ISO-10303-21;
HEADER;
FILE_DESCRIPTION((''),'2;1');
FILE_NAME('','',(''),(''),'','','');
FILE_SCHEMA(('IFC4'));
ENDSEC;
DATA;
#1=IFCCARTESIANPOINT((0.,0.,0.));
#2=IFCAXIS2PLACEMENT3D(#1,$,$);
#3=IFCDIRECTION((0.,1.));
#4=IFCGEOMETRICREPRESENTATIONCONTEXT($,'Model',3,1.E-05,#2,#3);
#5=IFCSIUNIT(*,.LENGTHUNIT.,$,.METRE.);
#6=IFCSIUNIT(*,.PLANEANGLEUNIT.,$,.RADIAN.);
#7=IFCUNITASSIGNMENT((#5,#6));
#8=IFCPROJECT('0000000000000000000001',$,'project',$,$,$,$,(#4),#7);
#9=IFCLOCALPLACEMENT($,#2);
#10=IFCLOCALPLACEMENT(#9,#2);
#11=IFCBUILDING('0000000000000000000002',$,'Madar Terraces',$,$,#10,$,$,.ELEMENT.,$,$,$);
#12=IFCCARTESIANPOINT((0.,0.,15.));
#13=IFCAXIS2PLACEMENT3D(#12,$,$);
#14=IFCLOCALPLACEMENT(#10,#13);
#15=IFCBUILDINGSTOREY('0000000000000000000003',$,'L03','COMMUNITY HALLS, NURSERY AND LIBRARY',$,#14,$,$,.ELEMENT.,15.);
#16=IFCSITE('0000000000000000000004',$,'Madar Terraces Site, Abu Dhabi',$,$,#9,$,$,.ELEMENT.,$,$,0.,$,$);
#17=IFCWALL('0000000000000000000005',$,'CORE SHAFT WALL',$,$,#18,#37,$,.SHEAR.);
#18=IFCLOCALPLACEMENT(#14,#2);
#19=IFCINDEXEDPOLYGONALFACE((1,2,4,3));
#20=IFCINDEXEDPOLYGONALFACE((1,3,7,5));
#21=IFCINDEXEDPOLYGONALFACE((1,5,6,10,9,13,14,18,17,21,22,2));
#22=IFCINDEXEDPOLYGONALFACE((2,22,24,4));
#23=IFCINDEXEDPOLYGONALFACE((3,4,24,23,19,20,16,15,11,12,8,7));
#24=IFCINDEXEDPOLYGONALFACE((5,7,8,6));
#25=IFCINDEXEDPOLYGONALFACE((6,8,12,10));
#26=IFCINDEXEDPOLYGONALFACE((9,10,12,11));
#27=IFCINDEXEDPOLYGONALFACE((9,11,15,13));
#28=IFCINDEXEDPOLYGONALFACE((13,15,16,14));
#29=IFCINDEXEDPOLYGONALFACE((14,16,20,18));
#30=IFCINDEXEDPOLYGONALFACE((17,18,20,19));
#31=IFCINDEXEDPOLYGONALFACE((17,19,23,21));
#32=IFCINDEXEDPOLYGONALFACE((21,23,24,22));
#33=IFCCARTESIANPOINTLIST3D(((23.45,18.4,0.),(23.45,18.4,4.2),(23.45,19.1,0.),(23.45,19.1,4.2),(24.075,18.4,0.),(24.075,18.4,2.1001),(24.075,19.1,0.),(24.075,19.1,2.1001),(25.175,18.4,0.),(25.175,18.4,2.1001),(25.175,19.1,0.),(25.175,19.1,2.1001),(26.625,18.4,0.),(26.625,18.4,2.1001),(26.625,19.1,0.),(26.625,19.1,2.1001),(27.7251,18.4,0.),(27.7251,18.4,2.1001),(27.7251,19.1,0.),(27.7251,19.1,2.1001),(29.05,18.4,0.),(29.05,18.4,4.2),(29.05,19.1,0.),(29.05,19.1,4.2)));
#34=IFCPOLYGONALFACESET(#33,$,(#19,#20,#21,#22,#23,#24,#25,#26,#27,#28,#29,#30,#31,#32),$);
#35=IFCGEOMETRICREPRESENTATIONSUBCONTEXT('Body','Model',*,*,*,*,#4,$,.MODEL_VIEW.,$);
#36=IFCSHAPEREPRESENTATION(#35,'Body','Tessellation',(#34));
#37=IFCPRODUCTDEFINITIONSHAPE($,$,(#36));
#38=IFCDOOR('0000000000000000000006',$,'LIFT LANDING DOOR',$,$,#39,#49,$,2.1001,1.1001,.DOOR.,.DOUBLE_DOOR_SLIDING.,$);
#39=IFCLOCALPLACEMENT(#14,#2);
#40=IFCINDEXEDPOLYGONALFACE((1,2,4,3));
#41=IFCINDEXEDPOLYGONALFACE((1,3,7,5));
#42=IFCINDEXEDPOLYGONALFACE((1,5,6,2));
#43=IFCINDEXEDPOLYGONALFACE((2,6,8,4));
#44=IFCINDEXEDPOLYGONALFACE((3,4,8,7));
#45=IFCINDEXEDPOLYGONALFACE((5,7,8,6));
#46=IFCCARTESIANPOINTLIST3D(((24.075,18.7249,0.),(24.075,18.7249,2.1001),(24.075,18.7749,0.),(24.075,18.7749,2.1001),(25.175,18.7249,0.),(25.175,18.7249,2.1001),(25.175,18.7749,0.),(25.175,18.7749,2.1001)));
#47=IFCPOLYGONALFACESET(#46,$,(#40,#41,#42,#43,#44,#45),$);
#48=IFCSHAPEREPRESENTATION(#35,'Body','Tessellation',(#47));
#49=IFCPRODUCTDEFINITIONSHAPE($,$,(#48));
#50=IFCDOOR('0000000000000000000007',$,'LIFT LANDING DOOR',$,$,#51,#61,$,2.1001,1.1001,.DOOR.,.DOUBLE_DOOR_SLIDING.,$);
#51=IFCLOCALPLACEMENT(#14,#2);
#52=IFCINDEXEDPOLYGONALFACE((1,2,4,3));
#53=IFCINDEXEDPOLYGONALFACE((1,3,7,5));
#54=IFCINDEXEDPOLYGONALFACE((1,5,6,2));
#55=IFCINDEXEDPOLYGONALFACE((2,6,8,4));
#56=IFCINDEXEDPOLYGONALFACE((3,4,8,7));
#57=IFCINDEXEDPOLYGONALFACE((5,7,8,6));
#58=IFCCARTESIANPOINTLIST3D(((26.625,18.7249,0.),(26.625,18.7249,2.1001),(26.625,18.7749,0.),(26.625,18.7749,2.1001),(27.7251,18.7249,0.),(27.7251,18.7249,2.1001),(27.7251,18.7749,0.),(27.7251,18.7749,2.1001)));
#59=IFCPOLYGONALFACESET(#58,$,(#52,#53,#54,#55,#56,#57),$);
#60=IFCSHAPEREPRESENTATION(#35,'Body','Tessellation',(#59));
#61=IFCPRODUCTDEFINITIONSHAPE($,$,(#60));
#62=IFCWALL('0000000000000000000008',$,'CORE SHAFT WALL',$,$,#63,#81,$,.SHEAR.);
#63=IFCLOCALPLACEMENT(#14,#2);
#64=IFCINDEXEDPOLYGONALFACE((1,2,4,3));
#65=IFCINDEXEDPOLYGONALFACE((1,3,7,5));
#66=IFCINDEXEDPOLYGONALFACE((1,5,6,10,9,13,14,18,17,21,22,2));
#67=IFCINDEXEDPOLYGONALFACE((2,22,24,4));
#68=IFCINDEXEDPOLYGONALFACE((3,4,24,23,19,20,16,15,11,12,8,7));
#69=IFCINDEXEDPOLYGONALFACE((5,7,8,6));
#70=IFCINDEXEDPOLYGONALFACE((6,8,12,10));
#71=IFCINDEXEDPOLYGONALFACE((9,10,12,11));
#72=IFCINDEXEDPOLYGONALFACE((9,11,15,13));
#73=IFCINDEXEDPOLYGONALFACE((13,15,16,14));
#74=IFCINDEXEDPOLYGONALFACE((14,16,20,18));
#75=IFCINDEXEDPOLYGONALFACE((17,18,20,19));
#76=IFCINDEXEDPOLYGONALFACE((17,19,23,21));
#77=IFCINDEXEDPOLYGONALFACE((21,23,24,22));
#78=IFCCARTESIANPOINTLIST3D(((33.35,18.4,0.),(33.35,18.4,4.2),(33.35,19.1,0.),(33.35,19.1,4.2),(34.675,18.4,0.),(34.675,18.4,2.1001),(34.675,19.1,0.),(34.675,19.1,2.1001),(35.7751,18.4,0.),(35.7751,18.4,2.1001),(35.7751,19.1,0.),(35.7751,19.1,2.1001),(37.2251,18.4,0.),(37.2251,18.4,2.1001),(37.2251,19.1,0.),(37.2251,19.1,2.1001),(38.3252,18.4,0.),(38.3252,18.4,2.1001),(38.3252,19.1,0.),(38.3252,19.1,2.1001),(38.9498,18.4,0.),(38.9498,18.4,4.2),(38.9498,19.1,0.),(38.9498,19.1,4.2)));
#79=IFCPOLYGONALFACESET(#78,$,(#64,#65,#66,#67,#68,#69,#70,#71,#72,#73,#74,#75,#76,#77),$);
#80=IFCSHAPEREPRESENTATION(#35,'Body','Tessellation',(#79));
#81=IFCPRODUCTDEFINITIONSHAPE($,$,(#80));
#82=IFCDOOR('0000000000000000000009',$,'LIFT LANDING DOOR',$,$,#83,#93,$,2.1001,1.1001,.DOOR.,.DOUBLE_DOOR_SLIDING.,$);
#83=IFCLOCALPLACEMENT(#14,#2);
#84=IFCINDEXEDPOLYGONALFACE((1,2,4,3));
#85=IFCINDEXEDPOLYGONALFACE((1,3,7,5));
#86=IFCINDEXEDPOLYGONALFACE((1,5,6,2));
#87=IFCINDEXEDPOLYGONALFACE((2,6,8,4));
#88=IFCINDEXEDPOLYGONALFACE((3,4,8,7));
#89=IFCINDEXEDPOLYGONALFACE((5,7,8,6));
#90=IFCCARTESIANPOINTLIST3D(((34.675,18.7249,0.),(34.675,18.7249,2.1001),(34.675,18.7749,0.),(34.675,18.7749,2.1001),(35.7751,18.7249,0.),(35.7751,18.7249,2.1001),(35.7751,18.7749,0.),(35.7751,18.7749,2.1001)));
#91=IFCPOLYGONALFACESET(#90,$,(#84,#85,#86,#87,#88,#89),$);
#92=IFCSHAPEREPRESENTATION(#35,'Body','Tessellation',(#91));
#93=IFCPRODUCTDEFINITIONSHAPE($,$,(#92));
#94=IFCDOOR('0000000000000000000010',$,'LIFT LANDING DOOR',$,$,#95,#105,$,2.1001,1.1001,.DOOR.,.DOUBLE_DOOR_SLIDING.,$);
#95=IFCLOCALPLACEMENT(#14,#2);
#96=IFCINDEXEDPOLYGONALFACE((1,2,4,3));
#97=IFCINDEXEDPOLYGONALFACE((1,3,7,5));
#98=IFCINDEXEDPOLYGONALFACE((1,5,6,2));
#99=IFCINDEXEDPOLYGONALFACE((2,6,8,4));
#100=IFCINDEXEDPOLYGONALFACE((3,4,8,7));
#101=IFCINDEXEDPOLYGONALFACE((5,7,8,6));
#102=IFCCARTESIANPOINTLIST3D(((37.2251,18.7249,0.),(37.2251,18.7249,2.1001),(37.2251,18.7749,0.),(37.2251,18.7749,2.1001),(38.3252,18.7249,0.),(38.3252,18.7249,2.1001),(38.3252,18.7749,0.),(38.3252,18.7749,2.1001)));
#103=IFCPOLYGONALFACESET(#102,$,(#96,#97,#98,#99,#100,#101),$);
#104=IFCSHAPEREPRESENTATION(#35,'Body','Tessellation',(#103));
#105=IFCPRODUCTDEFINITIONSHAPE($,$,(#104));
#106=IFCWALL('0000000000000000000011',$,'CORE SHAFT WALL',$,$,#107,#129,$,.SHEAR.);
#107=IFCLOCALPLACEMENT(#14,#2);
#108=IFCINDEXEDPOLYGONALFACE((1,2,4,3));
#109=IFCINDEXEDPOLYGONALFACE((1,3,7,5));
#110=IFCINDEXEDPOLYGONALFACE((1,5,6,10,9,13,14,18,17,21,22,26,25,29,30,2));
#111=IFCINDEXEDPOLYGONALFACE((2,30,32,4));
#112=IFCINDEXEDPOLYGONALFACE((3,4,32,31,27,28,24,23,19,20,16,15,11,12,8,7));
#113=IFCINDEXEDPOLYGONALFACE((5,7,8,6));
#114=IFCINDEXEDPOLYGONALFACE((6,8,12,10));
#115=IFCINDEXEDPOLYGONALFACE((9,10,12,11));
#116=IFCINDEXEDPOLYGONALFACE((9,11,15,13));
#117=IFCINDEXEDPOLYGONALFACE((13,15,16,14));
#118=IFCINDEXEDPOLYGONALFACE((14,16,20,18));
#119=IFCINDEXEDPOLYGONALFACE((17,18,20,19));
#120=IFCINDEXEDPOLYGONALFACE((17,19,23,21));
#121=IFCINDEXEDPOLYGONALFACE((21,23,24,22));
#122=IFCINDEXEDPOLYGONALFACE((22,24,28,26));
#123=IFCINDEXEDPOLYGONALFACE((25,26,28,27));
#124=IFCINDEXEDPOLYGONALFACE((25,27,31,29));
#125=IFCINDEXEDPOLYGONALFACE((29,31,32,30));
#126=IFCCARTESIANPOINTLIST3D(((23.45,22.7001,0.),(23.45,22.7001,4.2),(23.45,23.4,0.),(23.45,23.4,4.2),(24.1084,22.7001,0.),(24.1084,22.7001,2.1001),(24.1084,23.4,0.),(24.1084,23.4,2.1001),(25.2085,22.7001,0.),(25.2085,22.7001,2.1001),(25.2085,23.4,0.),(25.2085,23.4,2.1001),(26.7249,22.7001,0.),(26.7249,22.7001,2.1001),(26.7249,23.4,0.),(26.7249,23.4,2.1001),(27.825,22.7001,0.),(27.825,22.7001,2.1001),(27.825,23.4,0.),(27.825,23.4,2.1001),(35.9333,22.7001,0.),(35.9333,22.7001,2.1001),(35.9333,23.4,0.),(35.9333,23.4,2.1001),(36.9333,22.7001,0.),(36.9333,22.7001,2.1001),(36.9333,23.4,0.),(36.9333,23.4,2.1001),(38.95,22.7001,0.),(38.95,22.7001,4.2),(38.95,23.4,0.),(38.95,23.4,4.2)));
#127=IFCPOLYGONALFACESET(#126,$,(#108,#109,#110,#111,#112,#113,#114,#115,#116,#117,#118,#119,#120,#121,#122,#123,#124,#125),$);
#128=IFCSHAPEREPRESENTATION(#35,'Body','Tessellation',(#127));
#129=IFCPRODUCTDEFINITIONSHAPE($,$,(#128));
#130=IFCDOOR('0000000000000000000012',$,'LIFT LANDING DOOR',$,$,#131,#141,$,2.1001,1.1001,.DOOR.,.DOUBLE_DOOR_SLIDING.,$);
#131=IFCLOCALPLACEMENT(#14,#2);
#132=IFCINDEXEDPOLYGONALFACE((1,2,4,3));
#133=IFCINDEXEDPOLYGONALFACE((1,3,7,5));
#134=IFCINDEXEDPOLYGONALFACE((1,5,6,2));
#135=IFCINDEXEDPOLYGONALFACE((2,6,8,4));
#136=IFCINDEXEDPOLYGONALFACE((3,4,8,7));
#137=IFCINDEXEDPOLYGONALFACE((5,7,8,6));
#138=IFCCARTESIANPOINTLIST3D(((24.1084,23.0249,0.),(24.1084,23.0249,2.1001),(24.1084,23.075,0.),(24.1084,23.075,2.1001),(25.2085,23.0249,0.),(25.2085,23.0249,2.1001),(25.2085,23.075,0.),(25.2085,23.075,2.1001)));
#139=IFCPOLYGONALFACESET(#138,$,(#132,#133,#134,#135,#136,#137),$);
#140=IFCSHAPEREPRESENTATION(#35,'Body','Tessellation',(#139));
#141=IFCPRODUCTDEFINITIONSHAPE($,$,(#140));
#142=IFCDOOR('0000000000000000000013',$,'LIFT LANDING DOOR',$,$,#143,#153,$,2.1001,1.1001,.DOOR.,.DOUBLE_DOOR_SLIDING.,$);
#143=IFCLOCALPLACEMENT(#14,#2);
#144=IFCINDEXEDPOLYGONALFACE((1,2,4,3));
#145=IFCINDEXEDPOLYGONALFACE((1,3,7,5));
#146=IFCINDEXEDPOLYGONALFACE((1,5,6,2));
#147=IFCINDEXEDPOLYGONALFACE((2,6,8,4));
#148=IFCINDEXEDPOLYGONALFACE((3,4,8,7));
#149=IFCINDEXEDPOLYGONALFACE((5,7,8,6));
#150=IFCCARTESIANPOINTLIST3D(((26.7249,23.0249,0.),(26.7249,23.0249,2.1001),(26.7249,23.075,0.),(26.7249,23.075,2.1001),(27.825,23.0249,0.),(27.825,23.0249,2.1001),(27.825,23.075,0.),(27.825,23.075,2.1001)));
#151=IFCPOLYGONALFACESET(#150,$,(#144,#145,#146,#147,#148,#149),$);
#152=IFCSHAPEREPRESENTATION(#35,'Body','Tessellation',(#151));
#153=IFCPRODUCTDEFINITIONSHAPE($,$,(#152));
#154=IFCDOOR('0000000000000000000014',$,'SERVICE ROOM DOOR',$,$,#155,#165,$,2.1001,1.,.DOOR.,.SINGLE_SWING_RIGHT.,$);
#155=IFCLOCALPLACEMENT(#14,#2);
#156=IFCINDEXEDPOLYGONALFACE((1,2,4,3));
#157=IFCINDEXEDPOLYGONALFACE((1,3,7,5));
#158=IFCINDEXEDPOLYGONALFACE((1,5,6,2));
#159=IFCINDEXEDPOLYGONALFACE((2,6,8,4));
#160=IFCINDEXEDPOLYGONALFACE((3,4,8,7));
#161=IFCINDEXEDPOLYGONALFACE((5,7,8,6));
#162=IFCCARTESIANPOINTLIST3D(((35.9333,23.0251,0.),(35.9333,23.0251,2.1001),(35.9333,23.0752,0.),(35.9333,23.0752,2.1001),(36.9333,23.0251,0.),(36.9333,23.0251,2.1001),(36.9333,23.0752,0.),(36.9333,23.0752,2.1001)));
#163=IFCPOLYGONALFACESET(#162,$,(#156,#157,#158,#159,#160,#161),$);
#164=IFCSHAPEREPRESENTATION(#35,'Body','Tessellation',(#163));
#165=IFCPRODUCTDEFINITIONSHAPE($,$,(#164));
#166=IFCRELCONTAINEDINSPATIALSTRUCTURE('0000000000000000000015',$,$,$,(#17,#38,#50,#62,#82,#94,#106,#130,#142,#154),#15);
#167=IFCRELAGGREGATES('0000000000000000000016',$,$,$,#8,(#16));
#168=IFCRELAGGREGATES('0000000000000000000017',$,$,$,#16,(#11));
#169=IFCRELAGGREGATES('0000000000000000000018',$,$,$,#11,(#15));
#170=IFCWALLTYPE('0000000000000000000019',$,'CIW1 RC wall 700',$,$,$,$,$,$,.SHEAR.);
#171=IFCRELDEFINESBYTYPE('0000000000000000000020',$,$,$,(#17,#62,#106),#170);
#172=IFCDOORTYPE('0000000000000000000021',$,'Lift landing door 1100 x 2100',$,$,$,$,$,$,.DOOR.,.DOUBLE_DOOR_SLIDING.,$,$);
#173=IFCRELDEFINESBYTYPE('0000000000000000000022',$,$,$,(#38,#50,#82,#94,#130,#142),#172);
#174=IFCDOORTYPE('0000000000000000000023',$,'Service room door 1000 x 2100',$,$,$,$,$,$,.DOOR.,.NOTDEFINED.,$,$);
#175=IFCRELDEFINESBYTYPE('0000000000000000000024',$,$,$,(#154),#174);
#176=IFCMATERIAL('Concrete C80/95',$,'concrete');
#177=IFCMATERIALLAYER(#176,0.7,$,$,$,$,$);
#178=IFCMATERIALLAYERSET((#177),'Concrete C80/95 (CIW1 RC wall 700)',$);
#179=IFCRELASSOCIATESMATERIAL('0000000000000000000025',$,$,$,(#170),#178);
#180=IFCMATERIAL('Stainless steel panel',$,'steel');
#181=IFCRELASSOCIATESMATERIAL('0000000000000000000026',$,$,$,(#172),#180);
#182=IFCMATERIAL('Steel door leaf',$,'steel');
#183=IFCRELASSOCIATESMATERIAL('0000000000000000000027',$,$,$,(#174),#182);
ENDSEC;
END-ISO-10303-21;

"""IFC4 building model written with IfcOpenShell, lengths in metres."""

from ifc_helpers import new_model, si_unit, direction, frame, frame_2d, origin, place, context, subcontext, project, spatial, rectangle, extrude, material, layer, layer_set, type_object, element, fill, save


model = new_model("IFC4")

# Units and contexts
model_context = context("Model", 3, precision=1e-05, world=origin(), true_north=direction((0.0, 1.0)))
body_context = subcontext(model_context, "Body", "Model", "MODEL_VIEW")
ifc_project = project(units=[si_unit("LENGTHUNIT", "METRE"), si_unit("PLANEANGLEUNIT", "RADIAN")], contexts=[model_context])

# Site, building, storey
site_placement = place(None, origin())
site = spatial("IfcSite", under=ifc_project, at=site_placement, Name="Madar Terraces Site, Abu Dhabi", CompositionType="ELEMENT", RefElevation=0.0)
building_placement = place(site_placement, origin())
building = spatial("IfcBuilding", under=site, at=building_placement, Name="Madar Terraces", CompositionType="ELEMENT")
storey_placement = place(building_placement, frame((0.0, 0.0, 15.0)))
storey = spatial("IfcBuildingStorey", under=building, at=storey_placement, Name="L03", Description="COMMUNITY HALLS, NURSERY AND LIBRARY", CompositionType="ELEMENT", Elevation=15.0)

# Walls, openings, doors
ifc_material_1 = material(Name="Concrete C80/95", Category="concrete")
ifc_layer_1 = layer(ifc_material_1, 0.7)
ifc_layer_set_1 = layer_set([ifc_layer_1], Name="Concrete C80/95 (CIW1 RC wall 700)")
wall_type_1 = type_object("IfcWallType", Name="CIW1 RC wall 700", PredefinedType="SHEAR", material=ifc_layer_set_1)
wall_1_placement = place(storey_placement, frame((23.45, 18.75, 0.0), z_axis=(0.0, 0.0, 1.0), x_axis=(1.0, 0.0, 0.0)))
wall_1 = element("IfcWall", 1, at=wall_1_placement, inside=storey, type_object=wall_type_1, Name="CORE SHAFT WALL", PredefinedType="SHEAR", context=body_context, shape_type="SweptSolid", body=[
    extrude(rectangle(XDim=5.6001, YDim=0.7, at=frame_2d((2.8, 0.0))), origin(), (0.0, 0.0, 1.0), 4.2),
])
opening_1_placement = place(wall_1_placement, frame((0.625, 0.0, 0.0)))
opening_1 = element("IfcOpeningElement", 2, at=opening_1_placement, cuts=wall_1, PredefinedType="OPENING", context=body_context, shape_type="SweptSolid", body=[
    extrude(rectangle(XDim=1.1001, YDim=2.1001, at=frame_2d((0.55, 1.05))), frame((0.0, 0.3599, 0.0), z_axis=(0.0, -1.0, 0.0), x_axis=(1.0, 0.0, 0.0)), (0.0, 0.0, 1.0), 0.72),
])
opening_2_placement = place(wall_1_placement, frame((3.175, 0.0, 0.0)))
opening_2 = element("IfcOpeningElement", 3, at=opening_2_placement, cuts=wall_1, PredefinedType="OPENING", context=body_context, shape_type="SweptSolid", body=[
    extrude(rectangle(XDim=1.1001, YDim=2.1001, at=frame_2d((0.55, 1.05))), frame((0.0, 0.3599, 0.0), z_axis=(0.0, -1.0, 0.0), x_axis=(1.0, 0.0, 0.0)), (0.0, 0.0, 1.0), 0.72),
])
ifc_material_2 = material(Name="Stainless steel panel", Category="steel")
door_type_1 = type_object("IfcDoorType", Name="Lift landing door 1100 x 2100", OperationType="DOUBLE_DOOR_SLIDING", PredefinedType="DOOR", material=ifc_material_2)
door_1_placement = place(opening_1_placement, origin())
door_1 = element("IfcDoor", 4, at=door_1_placement, inside=storey, type_object=door_type_1, Name="LIFT LANDING DOOR", OperationType="DOUBLE_DOOR_SLIDING", OverallHeight=2.1001, OverallWidth=1.1001, PredefinedType="DOOR", context=body_context, shape_type="SweptSolid", body=[
    extrude(rectangle(XDim=1.1001, YDim=2.1001, at=frame_2d((0.55, 1.05))), frame((0.0, 0.0249, 0.0), z_axis=(0.0, -1.0, 0.0), x_axis=(1.0, 0.0, 0.0)), (0.0, 0.0, 1.0), 0.05),
])
fill(opening_1, door_1)
door_2_placement = place(opening_2_placement, origin())
door_2 = element("IfcDoor", 5, at=door_2_placement, inside=storey, type_object=door_type_1, Name="LIFT LANDING DOOR", OperationType="DOUBLE_DOOR_SLIDING", OverallHeight=2.1001, OverallWidth=1.1001, PredefinedType="DOOR", context=body_context, shape_type="SweptSolid", body=[
    extrude(rectangle(XDim=1.1001, YDim=2.1001, at=frame_2d((0.55, 1.05))), frame((0.0, 0.0249, 0.0), z_axis=(0.0, -1.0, 0.0), x_axis=(1.0, 0.0, 0.0)), (0.0, 0.0, 1.0), 0.05),
])
fill(opening_2, door_2)
wall_2_placement = place(storey_placement, frame((33.3501, 18.75, 0.0), z_axis=(0.0, 0.0, 1.0), x_axis=(1.0, 0.0, 0.0)))
wall_2 = element("IfcWall", 6, at=wall_2_placement, inside=storey, type_object=wall_type_1, Name="CORE SHAFT WALL", PredefinedType="SHEAR", context=body_context, shape_type="SweptSolid", body=[
    extrude(rectangle(XDim=5.5999, YDim=0.7, at=frame_2d((2.7998, 0.0))), origin(), (0.0, 0.0, 1.0), 4.2),
])
opening_3_placement = place(wall_2_placement, frame((1.325, 0.0, 0.0)))
opening_3 = element("IfcOpeningElement", 7, at=opening_3_placement, cuts=wall_2, PredefinedType="OPENING", context=body_context, shape_type="SweptSolid", body=[
    extrude(rectangle(XDim=1.1001, YDim=2.1001, at=frame_2d((0.55, 1.05))), frame((0.0, 0.3599, 0.0), z_axis=(0.0, -1.0, 0.0), x_axis=(1.0, 0.0, 0.0)), (0.0, 0.0, 1.0), 0.72),
])
opening_4_placement = place(wall_2_placement, frame((3.875, 0.0, 0.0)))
opening_4 = element("IfcOpeningElement", 8, at=opening_4_placement, cuts=wall_2, PredefinedType="OPENING", context=body_context, shape_type="SweptSolid", body=[
    extrude(rectangle(XDim=1.1001, YDim=2.1001, at=frame_2d((0.55, 1.05))), frame((0.0, 0.3599, 0.0), z_axis=(0.0, -1.0, 0.0), x_axis=(1.0, 0.0, 0.0)), (0.0, 0.0, 1.0), 0.72),
])
door_3_placement = place(opening_3_placement, origin())
door_3 = element("IfcDoor", 9, at=door_3_placement, inside=storey, type_object=door_type_1, Name="LIFT LANDING DOOR", OperationType="DOUBLE_DOOR_SLIDING", OverallHeight=2.1001, OverallWidth=1.1001, PredefinedType="DOOR", context=body_context, shape_type="SweptSolid", body=[
    extrude(rectangle(XDim=1.1001, YDim=2.1001, at=frame_2d((0.55, 1.05))), frame((0.0, 0.0249, 0.0), z_axis=(0.0, -1.0, 0.0), x_axis=(1.0, 0.0, 0.0)), (0.0, 0.0, 1.0), 0.05),
])
fill(opening_3, door_3)
door_4_placement = place(opening_4_placement, origin())
door_4 = element("IfcDoor", 10, at=door_4_placement, inside=storey, type_object=door_type_1, Name="LIFT LANDING DOOR", OperationType="DOUBLE_DOOR_SLIDING", OverallHeight=2.1001, OverallWidth=1.1001, PredefinedType="DOOR", context=body_context, shape_type="SweptSolid", body=[
    extrude(rectangle(XDim=1.1001, YDim=2.1001, at=frame_2d((0.55, 1.05))), frame((0.0, 0.0249, 0.0), z_axis=(0.0, -1.0, 0.0), x_axis=(1.0, 0.0, 0.0)), (0.0, 0.0, 1.0), 0.05),
])
fill(opening_4, door_4)
wall_3_placement = place(storey_placement, frame((23.45, 23.05, 0.0), z_axis=(0.0, 0.0, 1.0), x_axis=(1.0, 0.0, 0.0)))
wall_3 = element("IfcWall", 11, at=wall_3_placement, inside=storey, type_object=wall_type_1, Name="CORE SHAFT WALL", PredefinedType="SHEAR", context=body_context, shape_type="SweptSolid", body=[
    extrude(rectangle(XDim=15.5, YDim=0.7, at=frame_2d((7.75, 0.0))), origin(), (0.0, 0.0, 1.0), 4.2),
])
opening_5_placement = place(wall_3_placement, frame((0.6584, 0.0, 0.0)))
opening_5 = element("IfcOpeningElement", 12, at=opening_5_placement, cuts=wall_3, PredefinedType="OPENING", context=body_context, shape_type="SweptSolid", body=[
    extrude(rectangle(XDim=1.1001, YDim=2.1001, at=frame_2d((0.55, 1.05))), frame((0.0, 0.3599, 0.0), z_axis=(0.0, -1.0, 0.0), x_axis=(1.0, 0.0, 0.0)), (0.0, 0.0, 1.0), 0.72),
])
opening_6_placement = place(wall_3_placement, frame((3.2749, 0.0, 0.0)))
opening_6 = element("IfcOpeningElement", 13, at=opening_6_placement, cuts=wall_3, PredefinedType="OPENING", context=body_context, shape_type="SweptSolid", body=[
    extrude(rectangle(XDim=1.1001, YDim=2.1001, at=frame_2d((0.55, 1.05))), frame((0.0, 0.3599, 0.0), z_axis=(0.0, -1.0, 0.0), x_axis=(1.0, 0.0, 0.0)), (0.0, 0.0, 1.0), 0.72),
])
opening_7_placement = place(wall_3_placement, frame((12.4834, 0.0, 0.0)))
opening_7 = element("IfcOpeningElement", 14, at=opening_7_placement, cuts=wall_3, PredefinedType="OPENING", context=body_context, shape_type="SweptSolid", body=[
    extrude(rectangle(XDim=1.0, YDim=2.1001, at=frame_2d((0.5, 1.05))), frame((0.0, 0.3599, 0.0), z_axis=(0.0, -1.0, 0.0), x_axis=(1.0, 0.0, 0.0)), (0.0, 0.0, 1.0), 0.72),
])
door_5_placement = place(opening_5_placement, origin())
door_5 = element("IfcDoor", 15, at=door_5_placement, inside=storey, type_object=door_type_1, Name="LIFT LANDING DOOR", OperationType="DOUBLE_DOOR_SLIDING", OverallHeight=2.1001, OverallWidth=1.1001, PredefinedType="DOOR", context=body_context, shape_type="SweptSolid", body=[
    extrude(rectangle(XDim=1.1001, YDim=2.1001, at=frame_2d((0.55, 1.05))), frame((0.0, 0.0249, 0.0), z_axis=(0.0, -1.0, 0.0), x_axis=(1.0, 0.0, 0.0)), (0.0, 0.0, 1.0), 0.05),
])
fill(opening_5, door_5)
door_6_placement = place(opening_6_placement, origin())
door_6 = element("IfcDoor", 16, at=door_6_placement, inside=storey, type_object=door_type_1, Name="LIFT LANDING DOOR", OperationType="DOUBLE_DOOR_SLIDING", OverallHeight=2.1001, OverallWidth=1.1001, PredefinedType="DOOR", context=body_context, shape_type="SweptSolid", body=[
    extrude(rectangle(XDim=1.1001, YDim=2.1001, at=frame_2d((0.55, 1.05))), frame((0.0, 0.0249, 0.0), z_axis=(0.0, -1.0, 0.0), x_axis=(1.0, 0.0, 0.0)), (0.0, 0.0, 1.0), 0.05),
])
fill(opening_6, door_6)
ifc_material_3 = material(Name="Steel door leaf", Category="steel")
door_type_2 = type_object("IfcDoorType", Name="Service room door 1000 x 2100", OperationType="NOTDEFINED", PredefinedType="DOOR", material=ifc_material_3)
door_7_placement = place(opening_7_placement, frame((1.0, 0.0, 0.0), z_axis=(0.0, 0.0, 1.0), x_axis=(-1.0, 0.0, 0.0)))
door_7 = element("IfcDoor", 17, at=door_7_placement, inside=storey, type_object=door_type_2, Name="SERVICE ROOM DOOR", OperationType="SINGLE_SWING_RIGHT", OverallHeight=2.1001, OverallWidth=1.0, PredefinedType="DOOR", context=body_context, shape_type="SweptSolid", body=[
    extrude(rectangle(XDim=1.0, YDim=2.1001, at=frame_2d((0.5, 1.05))), frame((0.0, 0.0249, 0.0), z_axis=(0.0, -1.0, 0.0), x_axis=(1.0, 0.0, 0.0)), (0.0, 0.0, 1.0), 0.05),
])
fill(opening_7, door_7)

save(model, "model.ifc")
